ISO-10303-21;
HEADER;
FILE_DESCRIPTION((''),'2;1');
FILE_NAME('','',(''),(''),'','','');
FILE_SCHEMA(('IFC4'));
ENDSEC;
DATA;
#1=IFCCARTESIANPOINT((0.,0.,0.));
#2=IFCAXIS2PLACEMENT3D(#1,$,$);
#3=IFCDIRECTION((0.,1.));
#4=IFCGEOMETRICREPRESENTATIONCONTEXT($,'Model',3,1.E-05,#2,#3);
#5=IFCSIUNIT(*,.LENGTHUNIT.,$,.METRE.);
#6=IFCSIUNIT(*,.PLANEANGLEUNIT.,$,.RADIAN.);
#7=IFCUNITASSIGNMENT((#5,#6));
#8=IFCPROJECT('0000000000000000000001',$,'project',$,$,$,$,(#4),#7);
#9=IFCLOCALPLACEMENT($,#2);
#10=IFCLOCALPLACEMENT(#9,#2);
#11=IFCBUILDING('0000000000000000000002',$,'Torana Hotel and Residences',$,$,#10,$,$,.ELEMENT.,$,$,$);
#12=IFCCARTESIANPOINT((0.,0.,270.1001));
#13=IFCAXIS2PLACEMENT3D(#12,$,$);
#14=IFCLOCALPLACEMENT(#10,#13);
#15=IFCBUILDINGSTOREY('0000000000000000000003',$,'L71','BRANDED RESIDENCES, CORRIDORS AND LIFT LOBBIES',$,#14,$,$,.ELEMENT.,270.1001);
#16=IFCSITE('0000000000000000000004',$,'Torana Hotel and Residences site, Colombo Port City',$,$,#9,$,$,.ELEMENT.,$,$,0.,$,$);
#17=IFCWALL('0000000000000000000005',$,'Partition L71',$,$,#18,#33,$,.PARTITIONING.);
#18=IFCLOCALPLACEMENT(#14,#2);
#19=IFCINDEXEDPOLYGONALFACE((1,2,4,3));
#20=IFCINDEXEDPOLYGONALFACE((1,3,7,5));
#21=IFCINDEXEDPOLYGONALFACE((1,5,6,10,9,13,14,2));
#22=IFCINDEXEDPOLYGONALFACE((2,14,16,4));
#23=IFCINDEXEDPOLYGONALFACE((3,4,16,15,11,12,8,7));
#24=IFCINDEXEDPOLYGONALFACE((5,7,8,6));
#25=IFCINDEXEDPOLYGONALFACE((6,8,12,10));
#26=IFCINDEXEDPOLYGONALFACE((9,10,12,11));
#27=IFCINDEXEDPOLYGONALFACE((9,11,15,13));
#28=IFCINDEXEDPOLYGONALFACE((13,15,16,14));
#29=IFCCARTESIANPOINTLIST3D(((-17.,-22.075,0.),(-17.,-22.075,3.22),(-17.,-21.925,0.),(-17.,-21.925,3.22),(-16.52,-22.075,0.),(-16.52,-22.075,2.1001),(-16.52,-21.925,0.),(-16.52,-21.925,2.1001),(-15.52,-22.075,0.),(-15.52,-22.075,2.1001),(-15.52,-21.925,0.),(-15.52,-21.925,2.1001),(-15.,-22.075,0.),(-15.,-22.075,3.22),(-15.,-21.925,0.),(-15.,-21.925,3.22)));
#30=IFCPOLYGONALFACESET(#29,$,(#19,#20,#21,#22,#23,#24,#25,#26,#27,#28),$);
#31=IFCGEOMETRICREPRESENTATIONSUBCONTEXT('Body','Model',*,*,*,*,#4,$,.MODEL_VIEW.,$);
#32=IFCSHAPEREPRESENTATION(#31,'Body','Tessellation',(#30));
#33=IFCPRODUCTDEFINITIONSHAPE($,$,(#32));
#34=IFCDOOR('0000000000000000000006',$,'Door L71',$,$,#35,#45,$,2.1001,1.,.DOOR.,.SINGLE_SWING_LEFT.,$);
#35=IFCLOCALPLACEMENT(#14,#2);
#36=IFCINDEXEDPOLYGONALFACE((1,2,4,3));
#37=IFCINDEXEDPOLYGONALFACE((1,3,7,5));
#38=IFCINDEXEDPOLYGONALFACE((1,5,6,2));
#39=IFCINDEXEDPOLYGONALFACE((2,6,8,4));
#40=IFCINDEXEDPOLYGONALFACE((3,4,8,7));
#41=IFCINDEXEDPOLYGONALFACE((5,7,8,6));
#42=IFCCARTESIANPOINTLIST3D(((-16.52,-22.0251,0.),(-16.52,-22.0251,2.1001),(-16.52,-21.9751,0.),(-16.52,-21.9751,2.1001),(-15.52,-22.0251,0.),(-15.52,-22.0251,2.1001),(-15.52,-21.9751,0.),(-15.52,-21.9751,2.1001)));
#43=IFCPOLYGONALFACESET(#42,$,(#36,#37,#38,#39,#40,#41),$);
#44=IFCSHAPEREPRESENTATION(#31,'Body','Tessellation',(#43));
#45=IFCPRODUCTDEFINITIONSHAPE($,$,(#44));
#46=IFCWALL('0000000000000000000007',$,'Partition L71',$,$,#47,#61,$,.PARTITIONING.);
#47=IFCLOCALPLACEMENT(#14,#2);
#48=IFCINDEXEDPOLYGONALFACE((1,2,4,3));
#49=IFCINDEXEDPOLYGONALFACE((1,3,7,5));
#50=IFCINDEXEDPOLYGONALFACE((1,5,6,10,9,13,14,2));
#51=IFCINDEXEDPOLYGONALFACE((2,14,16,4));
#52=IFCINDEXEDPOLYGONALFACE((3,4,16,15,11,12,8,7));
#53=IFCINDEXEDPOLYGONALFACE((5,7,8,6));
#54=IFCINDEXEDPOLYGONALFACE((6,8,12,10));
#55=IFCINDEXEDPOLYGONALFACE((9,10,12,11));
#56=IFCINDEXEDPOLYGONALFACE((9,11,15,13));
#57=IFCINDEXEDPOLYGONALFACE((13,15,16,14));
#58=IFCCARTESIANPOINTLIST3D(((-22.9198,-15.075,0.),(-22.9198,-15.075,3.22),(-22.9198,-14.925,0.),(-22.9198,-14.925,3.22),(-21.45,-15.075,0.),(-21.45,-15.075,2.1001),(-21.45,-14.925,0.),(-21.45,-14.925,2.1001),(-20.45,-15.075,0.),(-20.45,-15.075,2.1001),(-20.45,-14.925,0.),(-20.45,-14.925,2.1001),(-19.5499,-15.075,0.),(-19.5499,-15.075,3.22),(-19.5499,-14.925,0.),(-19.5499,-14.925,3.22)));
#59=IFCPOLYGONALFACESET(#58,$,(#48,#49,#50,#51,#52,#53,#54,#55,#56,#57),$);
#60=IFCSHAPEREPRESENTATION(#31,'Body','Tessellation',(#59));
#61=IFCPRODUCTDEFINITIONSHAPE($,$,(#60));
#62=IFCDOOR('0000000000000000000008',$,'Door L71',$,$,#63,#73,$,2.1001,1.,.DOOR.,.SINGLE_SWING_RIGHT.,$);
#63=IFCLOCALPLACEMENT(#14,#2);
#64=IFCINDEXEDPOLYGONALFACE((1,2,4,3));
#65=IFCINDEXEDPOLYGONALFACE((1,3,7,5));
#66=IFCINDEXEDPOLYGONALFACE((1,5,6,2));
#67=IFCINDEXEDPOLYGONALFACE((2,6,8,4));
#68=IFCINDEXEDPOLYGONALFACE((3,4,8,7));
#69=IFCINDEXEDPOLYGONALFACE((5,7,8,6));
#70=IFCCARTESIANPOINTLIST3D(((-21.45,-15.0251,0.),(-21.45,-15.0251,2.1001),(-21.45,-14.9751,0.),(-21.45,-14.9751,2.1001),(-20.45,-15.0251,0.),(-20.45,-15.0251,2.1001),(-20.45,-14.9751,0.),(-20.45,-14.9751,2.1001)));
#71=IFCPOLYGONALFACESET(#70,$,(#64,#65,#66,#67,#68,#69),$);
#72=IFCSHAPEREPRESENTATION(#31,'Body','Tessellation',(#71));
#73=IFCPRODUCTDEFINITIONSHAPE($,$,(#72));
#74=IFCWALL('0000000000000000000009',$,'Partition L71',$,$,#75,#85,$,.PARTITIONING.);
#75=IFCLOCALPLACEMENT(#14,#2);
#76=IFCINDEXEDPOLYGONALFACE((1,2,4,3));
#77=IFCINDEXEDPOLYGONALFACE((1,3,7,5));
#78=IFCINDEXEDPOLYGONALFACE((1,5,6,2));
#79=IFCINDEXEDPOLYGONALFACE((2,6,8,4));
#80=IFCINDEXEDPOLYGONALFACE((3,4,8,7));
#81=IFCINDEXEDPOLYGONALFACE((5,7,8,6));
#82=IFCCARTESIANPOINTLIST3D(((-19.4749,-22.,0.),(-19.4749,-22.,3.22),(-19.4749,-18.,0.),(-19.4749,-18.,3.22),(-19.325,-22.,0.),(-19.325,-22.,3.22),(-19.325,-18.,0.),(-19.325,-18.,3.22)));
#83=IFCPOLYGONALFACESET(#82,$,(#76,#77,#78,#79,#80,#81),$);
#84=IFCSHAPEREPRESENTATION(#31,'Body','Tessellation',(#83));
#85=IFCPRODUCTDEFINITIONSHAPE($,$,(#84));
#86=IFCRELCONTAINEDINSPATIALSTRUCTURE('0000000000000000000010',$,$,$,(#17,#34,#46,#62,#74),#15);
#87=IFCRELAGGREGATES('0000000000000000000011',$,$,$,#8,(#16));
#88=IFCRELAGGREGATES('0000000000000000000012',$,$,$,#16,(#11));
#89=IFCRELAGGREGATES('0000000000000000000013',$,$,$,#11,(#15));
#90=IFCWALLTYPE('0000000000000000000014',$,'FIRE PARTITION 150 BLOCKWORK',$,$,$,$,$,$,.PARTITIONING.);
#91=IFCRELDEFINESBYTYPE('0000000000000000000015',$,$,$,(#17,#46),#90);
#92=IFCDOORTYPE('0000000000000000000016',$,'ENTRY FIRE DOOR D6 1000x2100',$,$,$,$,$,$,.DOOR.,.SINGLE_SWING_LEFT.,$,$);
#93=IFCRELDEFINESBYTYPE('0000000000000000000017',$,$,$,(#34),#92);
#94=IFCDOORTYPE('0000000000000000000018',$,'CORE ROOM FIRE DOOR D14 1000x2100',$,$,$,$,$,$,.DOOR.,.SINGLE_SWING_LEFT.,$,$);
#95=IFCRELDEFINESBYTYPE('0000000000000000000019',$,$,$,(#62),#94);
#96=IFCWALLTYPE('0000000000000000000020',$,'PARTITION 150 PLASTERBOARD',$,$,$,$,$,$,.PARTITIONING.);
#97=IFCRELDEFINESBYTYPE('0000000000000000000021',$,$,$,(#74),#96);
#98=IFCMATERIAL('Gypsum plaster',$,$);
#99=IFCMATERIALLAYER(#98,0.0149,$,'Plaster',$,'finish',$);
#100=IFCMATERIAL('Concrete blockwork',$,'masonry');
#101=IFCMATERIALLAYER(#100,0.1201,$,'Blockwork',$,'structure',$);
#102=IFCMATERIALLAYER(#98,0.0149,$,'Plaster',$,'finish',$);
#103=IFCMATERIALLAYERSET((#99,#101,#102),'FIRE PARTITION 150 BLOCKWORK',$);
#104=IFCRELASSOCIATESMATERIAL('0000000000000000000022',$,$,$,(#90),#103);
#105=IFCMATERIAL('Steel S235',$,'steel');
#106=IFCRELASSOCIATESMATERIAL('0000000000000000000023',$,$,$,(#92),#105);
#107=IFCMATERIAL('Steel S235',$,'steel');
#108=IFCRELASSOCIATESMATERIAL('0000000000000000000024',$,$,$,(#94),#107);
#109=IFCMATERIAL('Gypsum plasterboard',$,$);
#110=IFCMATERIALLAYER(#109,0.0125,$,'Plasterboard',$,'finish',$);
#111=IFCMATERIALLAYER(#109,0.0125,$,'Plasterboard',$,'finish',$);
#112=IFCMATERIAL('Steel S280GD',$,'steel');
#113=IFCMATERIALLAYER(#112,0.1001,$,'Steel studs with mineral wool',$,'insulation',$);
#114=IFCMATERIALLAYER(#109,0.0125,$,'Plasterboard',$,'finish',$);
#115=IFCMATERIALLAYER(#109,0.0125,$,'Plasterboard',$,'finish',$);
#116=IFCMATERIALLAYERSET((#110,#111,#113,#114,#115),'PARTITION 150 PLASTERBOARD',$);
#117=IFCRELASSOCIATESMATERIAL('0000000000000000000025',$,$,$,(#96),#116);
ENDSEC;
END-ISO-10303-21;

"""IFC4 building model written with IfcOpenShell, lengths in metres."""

from ifc_helpers import new_model, si_unit, direction, frame, frame_2d, origin, place, context, subcontext, project, spatial, rectangle, extrude, material, layer, layer_set, type_object, element, fill, save


model = new_model("IFC4")

# Units and contexts
model_context = context("Model", 3, precision=1e-05, world=origin(), true_north=direction((0.0, 1.0)))
body_context = subcontext(model_context, "Body", "Model", "MODEL_VIEW")
ifc_project = project(units=[si_unit("LENGTHUNIT", "METRE"), si_unit("PLANEANGLEUNIT", "RADIAN")], contexts=[model_context])

# Site, building, storey
site_placement = place(None, origin())
site = spatial("IfcSite", under=ifc_project, at=site_placement, Name="Torana Hotel and Residences site, Colombo Port City", CompositionType="ELEMENT", RefElevation=0.0)
building_placement = place(site_placement, origin())
building = spatial("IfcBuilding", under=site, at=building_placement, Name="Torana Hotel and Residences", CompositionType="ELEMENT")
storey_placement = place(building_placement, frame((0.0, 0.0, 270.1001)))
storey = spatial("IfcBuildingStorey", under=building, at=storey_placement, Name="L71", Description="BRANDED RESIDENCES, CORRIDORS AND LIFT LOBBIES", CompositionType="ELEMENT", Elevation=270.1001)

# Walls, openings, doors
ifc_material_1 = material(Name="Gypsum plaster")
ifc_layer_1 = layer(ifc_material_1, 0.0149, Name="Plaster", Category="finish")
ifc_material_2 = material(Name="Concrete blockwork", Category="masonry")
ifc_layer_2 = layer(ifc_material_2, 0.1201, Name="Blockwork", Category="structure")
ifc_layer_3 = layer(ifc_material_1, 0.0149, Name="Plaster", Category="finish")
ifc_layer_set_1 = layer_set([ifc_layer_1, ifc_layer_2, ifc_layer_3], Name="FIRE PARTITION 150 BLOCKWORK")
wall_type_1 = type_object("IfcWallType", Name="FIRE PARTITION 150 BLOCKWORK", PredefinedType="PARTITIONING", material=ifc_layer_set_1)
ifc_material_3 = material(Name="Steel S235", Category="steel")
door_type_1 = type_object("IfcDoorType", Name="ENTRY FIRE DOOR D6 1000x2100", OperationType="SINGLE_SWING_LEFT", PredefinedType="DOOR", material=ifc_material_3)
wall_1_placement = place(storey_placement, frame((-17.0, -22.0, 0.0), z_axis=(0.0, 0.0, 1.0), x_axis=(1.0, 0.0, 0.0)))
wall_1 = element("IfcWall", 1, at=wall_1_placement, inside=storey, type_object=wall_type_1, Name="Partition L71", PredefinedType="PARTITIONING", context=body_context, shape_type="SweptSolid", body=[
    extrude(rectangle(XDim=2.0, YDim=0.1499, at=frame_2d((1.0, 0.0))), origin(), (0.0, 0.0, 1.0), 3.22),
])
opening_1_placement = place(wall_1_placement, frame((0.48, 0.0, 0.0)))
opening_1 = element("IfcOpeningElement", 2, at=opening_1_placement, cuts=wall_1, PredefinedType="OPENING", context=body_context, shape_type="SweptSolid", body=[
    extrude(rectangle(XDim=1.0, YDim=2.1001, at=frame_2d((0.5, 1.05))), frame((0.0, 0.085, 0.0), z_axis=(0.0, -1.0, 0.0), x_axis=(1.0, 0.0, 0.0)), (0.0, 0.0, 1.0), 0.1699),
])
door_1_placement = place(opening_1_placement, frame((0.5, 0.0, 0.0), z_axis=(0.0, 0.0, 1.0), x_axis=(-1.0, 0.0, 0.0)))
door_1 = element("IfcDoor", 3, at=door_1_placement, inside=storey, type_object=door_type_1, Name="Door L71", OperationType="SINGLE_SWING_LEFT", OverallHeight=2.1001, OverallWidth=1.0, PredefinedType="DOOR", context=body_context, shape_type="SweptSolid", body=[
    extrude(rectangle(XDim=1.0, YDim=2.1001, at=frame_2d((0.0, 1.05))), frame((0.0, -0.0249, 0.0), z_axis=(0.0, 1.0, 0.0), x_axis=(-1.0, 0.0, 0.0)), (0.0, 0.0, 1.0), 0.05),
])
fill(opening_1, door_1)
wall_2_placement = place(storey_placement, frame((-22.9199, -15.0, 0.0), z_axis=(0.0, 0.0, 1.0), x_axis=(1.0, 0.0, 0.0)))
wall_2 = element("IfcWall", 4, at=wall_2_placement, inside=storey, type_object=wall_type_1, Name="Partition L71", PredefinedType="PARTITIONING", context=body_context, shape_type="SweptSolid", body=[
    extrude(rectangle(XDim=3.3699, YDim=0.1499, at=frame_2d((1.6851, 0.0))), origin(), (0.0, 0.0, 1.0), 3.22),
])
opening_2_placement = place(wall_2_placement, frame((1.47, 0.0, 0.0)))
opening_2 = element("IfcOpeningElement", 5, at=opening_2_placement, cuts=wall_2, PredefinedType="OPENING", context=body_context, shape_type="SweptSolid", body=[
    extrude(rectangle(XDim=1.0, YDim=2.1001, at=frame_2d((0.5, 1.05))), frame((0.0, 0.085, 0.0), z_axis=(0.0, -1.0, 0.0), x_axis=(1.0, 0.0, 0.0)), (0.0, 0.0, 1.0), 0.1699),
])
ifc_material_4 = material(Name="Steel S235", Category="steel")
door_type_2 = type_object("IfcDoorType", Name="CORE ROOM FIRE DOOR D14 1000x2100", OperationType="SINGLE_SWING_LEFT", PredefinedType="DOOR", material=ifc_material_4)
door_2_placement = place(opening_2_placement, origin())
door_2 = element("IfcDoor", 6, at=door_2_placement, inside=storey, type_object=door_type_2, Name="Door L71", OperationType="SINGLE_SWING_RIGHT", OverallHeight=2.1001, OverallWidth=1.0, PredefinedType="DOOR", context=body_context, shape_type="SweptSolid", body=[
    extrude(rectangle(XDim=1.0, YDim=2.1001, at=frame_2d((0.5, 1.05))), frame((0.0, 0.0249, 0.0), z_axis=(0.0, -1.0, 0.0), x_axis=(1.0, 0.0, 0.0)), (0.0, 0.0, 1.0), 0.05),
])
fill(opening_2, door_2)

# Wall
ifc_material_5 = material(Name="Gypsum plasterboard")
ifc_layer_4 = layer(ifc_material_5, 0.0125, Name="Plasterboard", Category="finish")
ifc_layer_5 = layer(ifc_material_5, 0.0125, Name="Plasterboard", Category="finish")
ifc_material_6 = material(Name="Steel S280GD", Category="steel")
ifc_layer_6 = layer(ifc_material_6, 0.1001, Name="Steel studs with mineral wool", Category="insulation")
ifc_layer_7 = layer(ifc_material_5, 0.0125, Name="Plasterboard", Category="finish")
ifc_layer_8 = layer(ifc_material_5, 0.0125, Name="Plasterboard", Category="finish")
ifc_layer_set_2 = layer_set([ifc_layer_4, ifc_layer_5, ifc_layer_6, ifc_layer_7, ifc_layer_8], Name="PARTITION 150 PLASTERBOARD")
wall_type_2 = type_object("IfcWallType", Name="PARTITION 150 PLASTERBOARD", PredefinedType="PARTITIONING", material=ifc_layer_set_2)
wall_3_placement = place(storey_placement, frame((-19.3999, -22.0, 0.0), z_axis=(0.0, 0.0, 1.0), x_axis=(0.0, 1.0, 0.0)))
element("IfcWall", 7, at=wall_3_placement, inside=storey, type_object=wall_type_2, Name="Partition L71", PredefinedType="PARTITIONING", context=body_context, shape_type="SweptSolid", body=[
    extrude(rectangle(XDim=4.0, YDim=0.1499, at=frame_2d((2.0, 0.0))), origin(), (0.0, 0.0, 1.0), 3.22),
])

save(model, "model.ifc")
